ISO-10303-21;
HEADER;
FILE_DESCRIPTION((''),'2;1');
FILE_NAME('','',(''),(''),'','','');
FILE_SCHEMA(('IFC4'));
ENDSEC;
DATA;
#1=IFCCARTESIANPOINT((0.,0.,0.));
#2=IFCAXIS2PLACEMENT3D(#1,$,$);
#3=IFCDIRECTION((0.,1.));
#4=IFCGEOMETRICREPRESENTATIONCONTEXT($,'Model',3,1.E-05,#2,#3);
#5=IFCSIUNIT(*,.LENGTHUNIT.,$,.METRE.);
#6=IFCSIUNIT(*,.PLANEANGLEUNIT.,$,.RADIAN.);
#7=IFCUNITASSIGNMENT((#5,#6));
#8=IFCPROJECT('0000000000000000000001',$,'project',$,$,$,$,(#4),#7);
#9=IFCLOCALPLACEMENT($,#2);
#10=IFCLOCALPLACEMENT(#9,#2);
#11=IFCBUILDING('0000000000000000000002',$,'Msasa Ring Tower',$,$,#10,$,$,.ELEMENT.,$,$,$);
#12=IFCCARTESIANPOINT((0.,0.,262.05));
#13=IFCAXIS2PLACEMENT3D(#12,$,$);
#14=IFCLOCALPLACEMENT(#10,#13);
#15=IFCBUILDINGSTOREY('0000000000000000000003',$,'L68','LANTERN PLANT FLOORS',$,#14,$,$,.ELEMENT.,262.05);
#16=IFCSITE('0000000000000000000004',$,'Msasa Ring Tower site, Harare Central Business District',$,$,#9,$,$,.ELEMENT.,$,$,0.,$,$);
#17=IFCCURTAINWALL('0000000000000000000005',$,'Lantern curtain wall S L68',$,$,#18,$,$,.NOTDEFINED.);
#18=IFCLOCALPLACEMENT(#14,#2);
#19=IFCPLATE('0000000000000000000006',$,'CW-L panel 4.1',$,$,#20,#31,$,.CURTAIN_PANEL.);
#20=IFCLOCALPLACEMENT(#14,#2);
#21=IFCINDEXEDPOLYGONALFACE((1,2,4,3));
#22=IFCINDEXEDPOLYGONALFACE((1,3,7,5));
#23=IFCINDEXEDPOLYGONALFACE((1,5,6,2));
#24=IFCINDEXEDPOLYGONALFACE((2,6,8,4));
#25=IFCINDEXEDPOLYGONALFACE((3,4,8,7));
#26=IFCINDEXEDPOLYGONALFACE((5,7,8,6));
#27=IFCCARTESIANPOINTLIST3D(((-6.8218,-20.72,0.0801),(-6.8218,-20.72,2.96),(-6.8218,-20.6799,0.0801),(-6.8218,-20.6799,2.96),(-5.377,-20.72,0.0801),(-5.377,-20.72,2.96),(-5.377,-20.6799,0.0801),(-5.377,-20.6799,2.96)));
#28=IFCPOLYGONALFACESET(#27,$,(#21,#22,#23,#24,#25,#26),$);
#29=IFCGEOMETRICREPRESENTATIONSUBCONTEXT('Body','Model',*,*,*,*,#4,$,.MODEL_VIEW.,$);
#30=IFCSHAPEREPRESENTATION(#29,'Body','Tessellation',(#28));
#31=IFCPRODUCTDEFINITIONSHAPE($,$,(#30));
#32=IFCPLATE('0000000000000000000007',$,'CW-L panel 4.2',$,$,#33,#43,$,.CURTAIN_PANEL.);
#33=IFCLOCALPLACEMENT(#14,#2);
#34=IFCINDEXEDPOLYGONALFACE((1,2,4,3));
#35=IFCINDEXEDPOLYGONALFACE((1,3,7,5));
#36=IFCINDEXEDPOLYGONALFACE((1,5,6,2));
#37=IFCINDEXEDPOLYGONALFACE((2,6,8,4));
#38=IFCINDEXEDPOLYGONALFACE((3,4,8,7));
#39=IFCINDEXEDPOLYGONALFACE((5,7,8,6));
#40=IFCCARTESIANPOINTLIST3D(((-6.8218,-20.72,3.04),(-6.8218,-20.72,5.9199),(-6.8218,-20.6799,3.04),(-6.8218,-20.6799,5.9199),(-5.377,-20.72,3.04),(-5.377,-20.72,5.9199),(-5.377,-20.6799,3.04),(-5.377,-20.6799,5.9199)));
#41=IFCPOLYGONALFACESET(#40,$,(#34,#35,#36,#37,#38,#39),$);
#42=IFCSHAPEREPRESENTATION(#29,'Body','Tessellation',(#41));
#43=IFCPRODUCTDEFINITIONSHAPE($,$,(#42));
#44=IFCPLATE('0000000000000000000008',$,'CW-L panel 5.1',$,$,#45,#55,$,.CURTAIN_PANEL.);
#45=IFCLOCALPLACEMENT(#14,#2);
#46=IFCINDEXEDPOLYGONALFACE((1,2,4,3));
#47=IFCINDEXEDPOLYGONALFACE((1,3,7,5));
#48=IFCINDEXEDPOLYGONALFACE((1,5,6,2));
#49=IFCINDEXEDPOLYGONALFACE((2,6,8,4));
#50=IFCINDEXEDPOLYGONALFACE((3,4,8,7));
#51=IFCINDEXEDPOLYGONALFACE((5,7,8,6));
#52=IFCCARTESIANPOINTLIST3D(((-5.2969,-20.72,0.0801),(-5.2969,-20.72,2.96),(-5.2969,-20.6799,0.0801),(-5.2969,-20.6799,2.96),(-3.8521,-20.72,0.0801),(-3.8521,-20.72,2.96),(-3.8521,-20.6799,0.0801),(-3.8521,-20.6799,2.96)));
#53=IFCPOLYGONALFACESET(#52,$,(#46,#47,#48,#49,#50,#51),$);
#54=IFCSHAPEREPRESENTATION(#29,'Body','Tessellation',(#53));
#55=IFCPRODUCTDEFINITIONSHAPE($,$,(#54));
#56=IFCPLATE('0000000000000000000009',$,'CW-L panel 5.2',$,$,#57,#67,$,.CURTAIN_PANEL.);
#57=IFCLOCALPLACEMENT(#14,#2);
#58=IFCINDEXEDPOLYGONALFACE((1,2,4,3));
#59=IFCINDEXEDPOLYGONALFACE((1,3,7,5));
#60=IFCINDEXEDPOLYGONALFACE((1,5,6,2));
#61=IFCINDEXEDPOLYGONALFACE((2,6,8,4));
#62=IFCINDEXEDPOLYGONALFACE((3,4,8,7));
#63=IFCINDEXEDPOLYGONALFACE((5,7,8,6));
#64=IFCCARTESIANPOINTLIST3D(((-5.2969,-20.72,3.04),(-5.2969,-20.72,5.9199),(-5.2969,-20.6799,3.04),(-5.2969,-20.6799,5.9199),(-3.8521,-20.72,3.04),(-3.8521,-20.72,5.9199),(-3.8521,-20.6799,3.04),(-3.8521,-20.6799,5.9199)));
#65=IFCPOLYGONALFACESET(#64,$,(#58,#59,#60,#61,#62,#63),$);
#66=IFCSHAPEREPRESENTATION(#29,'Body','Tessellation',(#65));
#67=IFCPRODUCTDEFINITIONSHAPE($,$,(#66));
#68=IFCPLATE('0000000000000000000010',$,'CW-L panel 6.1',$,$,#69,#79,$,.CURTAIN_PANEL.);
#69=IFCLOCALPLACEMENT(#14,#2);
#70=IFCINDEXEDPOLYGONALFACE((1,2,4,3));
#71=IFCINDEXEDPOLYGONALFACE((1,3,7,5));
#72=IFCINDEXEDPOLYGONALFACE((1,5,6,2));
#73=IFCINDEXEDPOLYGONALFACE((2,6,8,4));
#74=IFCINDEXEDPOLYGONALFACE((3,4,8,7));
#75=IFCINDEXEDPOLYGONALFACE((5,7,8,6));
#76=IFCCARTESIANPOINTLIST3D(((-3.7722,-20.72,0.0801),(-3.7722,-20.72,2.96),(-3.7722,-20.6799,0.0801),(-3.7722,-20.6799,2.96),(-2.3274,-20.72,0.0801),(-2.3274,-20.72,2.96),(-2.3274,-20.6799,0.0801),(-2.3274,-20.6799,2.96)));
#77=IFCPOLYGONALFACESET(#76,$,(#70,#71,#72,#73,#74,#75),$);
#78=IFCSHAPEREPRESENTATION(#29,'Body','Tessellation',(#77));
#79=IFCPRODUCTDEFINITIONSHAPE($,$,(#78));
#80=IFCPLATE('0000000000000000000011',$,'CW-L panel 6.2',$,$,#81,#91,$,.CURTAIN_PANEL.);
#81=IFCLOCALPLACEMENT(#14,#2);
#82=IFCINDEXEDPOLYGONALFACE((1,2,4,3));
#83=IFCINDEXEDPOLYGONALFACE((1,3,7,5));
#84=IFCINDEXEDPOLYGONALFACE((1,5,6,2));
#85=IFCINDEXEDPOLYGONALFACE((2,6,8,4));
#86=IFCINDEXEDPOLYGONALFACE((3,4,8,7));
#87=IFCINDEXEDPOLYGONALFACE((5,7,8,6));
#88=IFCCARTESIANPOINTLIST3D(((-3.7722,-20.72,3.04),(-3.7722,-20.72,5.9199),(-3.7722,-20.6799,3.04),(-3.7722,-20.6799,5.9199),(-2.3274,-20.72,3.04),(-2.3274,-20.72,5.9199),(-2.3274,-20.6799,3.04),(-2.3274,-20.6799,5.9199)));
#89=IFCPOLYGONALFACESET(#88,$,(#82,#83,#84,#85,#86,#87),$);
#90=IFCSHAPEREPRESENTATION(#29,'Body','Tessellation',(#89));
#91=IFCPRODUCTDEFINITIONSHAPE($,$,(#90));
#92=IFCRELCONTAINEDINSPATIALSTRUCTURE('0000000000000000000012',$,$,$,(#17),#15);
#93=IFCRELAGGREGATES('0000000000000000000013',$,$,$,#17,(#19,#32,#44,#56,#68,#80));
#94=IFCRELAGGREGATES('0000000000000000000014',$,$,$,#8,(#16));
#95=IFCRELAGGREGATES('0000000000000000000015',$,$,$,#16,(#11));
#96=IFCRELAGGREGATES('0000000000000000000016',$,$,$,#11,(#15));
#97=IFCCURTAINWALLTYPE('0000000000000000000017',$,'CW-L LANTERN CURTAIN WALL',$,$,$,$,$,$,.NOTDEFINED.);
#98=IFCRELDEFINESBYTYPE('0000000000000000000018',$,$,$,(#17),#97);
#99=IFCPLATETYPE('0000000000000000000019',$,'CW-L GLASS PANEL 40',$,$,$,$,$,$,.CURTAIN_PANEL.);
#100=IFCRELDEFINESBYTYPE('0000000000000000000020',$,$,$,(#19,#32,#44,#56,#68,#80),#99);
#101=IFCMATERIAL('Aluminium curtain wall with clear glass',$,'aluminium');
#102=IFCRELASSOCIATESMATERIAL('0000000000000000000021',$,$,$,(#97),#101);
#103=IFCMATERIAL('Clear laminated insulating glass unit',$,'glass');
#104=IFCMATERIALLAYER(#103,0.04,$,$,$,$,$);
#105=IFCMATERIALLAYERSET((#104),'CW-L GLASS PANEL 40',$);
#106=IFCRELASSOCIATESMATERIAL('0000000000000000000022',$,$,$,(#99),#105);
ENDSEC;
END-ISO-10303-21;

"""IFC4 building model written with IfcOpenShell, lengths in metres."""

from ifc_helpers import new_model, si_unit, direction, frame, origin, origin_2d, place, context, subcontext, project, spatial, rectangle, extrude, material, layer, layer_set, type_object, element, aggregate, save


model = new_model("IFC4")

# Units and contexts
model_context = context("Model", 3, precision=1e-05, world=origin(), true_north=direction((0.0, 1.0)))
body_context = subcontext(model_context, "Body", "Model", "MODEL_VIEW")
ifc_project = project(units=[si_unit("LENGTHUNIT", "METRE"), si_unit("PLANEANGLEUNIT", "RADIAN")], contexts=[model_context])

# Site, building, storey
site_placement = place(None, origin())
site = spatial("IfcSite", under=ifc_project, at=site_placement, Name="Msasa Ring Tower site, Harare Central Business District", CompositionType="ELEMENT", RefElevation=0.0)
building_placement = place(site_placement, origin())
building = spatial("IfcBuilding", under=site, at=building_placement, Name="Msasa Ring Tower", CompositionType="ELEMENT")
storey_placement = place(building_placement, frame((0.0, 0.0, 262.05)))
storey = spatial("IfcBuildingStorey", under=building, at=storey_placement, Name="L68", Description="LANTERN PLANT FLOORS", CompositionType="ELEMENT", Elevation=262.05)

# Curtain wall, plates
ifc_material_1 = material(Name="Aluminium curtain wall with clear glass", Category="aluminium")
curtain_wall_type = type_object("IfcCurtainWallType", Name="CW-L LANTERN CURTAIN WALL", PredefinedType="NOTDEFINED", material=ifc_material_1)
curtain_wall_placement = place(storey_placement, origin())
curtain_wall = element("IfcCurtainWall", 1, at=curtain_wall_placement, inside=storey, type_object=curtain_wall_type, Name="Lantern curtain wall S L68", PredefinedType="NOTDEFINED")
ifc_material_2 = material(Name="Clear laminated insulating glass unit", Category="glass")
ifc_layer = layer(ifc_material_2, 0.04)
ifc_layer_set = layer_set([ifc_layer], Name="CW-L GLASS PANEL 40")
plate_type = type_object("IfcPlateType", Name="CW-L GLASS PANEL 40", PredefinedType="CURTAIN_PANEL", material=ifc_layer_set)
plate_1_placement = place(storey_placement, frame((-6.0994, -20.7, 0.0801), z_axis=(0.0, 0.0, 1.0), x_axis=(1.0, 0.0, 0.0)))
plate_1 = element("IfcPlate", 2, at=plate_1_placement, type_object=plate_type, Name="CW-L panel 4.1", PredefinedType="CURTAIN_PANEL", context=body_context, shape_type="SweptSolid", body=[
    extrude(rectangle(XDim=1.4448, YDim=0.04, at=origin_2d()), origin(), (0.0, 0.0, 1.0), 2.8799),
])
plate_2_placement = place(storey_placement, frame((-6.0994, -20.7, 3.04), z_axis=(0.0, 0.0, 1.0), x_axis=(1.0, 0.0, 0.0)))
plate_2 = element("IfcPlate", 3, at=plate_2_placement, type_object=plate_type, Name="CW-L panel 4.2", PredefinedType="CURTAIN_PANEL", context=body_context, shape_type="SweptSolid", body=[
    extrude(rectangle(XDim=1.4448, YDim=0.04, at=origin_2d()), origin(), (0.0, 0.0, 1.0), 2.8799),
])
plate_3_placement = place(storey_placement, frame((-4.5745, -20.7, 0.0801), z_axis=(0.0, 0.0, 1.0), x_axis=(1.0, 0.0, 0.0)))
plate_3 = element("IfcPlate", 4, at=plate_3_placement, type_object=plate_type, Name="CW-L panel 5.1", PredefinedType="CURTAIN_PANEL", context=body_context, shape_type="SweptSolid", body=[
    extrude(rectangle(XDim=1.4448, YDim=0.04, at=origin_2d()), origin(), (0.0, 0.0, 1.0), 2.8799),
])
plate_4_placement = place(storey_placement, frame((-4.5745, -20.7, 3.04), z_axis=(0.0, 0.0, 1.0), x_axis=(1.0, 0.0, 0.0)))
plate_4 = element("IfcPlate", 5, at=plate_4_placement, type_object=plate_type, Name="CW-L panel 5.2", PredefinedType="CURTAIN_PANEL", context=body_context, shape_type="SweptSolid", body=[
    extrude(rectangle(XDim=1.4448, YDim=0.04, at=origin_2d()), origin(), (0.0, 0.0, 1.0), 2.8799),
])
plate_5_placement = place(storey_placement, frame((-3.0498, -20.7, 0.0801), z_axis=(0.0, 0.0, 1.0), x_axis=(1.0, 0.0, 0.0)))
plate_5 = element("IfcPlate", 6, at=plate_5_placement, type_object=plate_type, Name="CW-L panel 6.1", PredefinedType="CURTAIN_PANEL", context=body_context, shape_type="SweptSolid", body=[
    extrude(rectangle(XDim=1.4448, YDim=0.04, at=origin_2d()), origin(), (0.0, 0.0, 1.0), 2.8799),
])
plate_6_placement = place(storey_placement, frame((-3.0498, -20.7, 3.04), z_axis=(0.0, 0.0, 1.0), x_axis=(1.0, 0.0, 0.0)))
plate_6 = element("IfcPlate", 7, at=plate_6_placement, type_object=plate_type, Name="CW-L panel 6.2", PredefinedType="CURTAIN_PANEL", context=body_context, shape_type="SweptSolid", body=[
    extrude(rectangle(XDim=1.4448, YDim=0.04, at=origin_2d()), origin(), (0.0, 0.0, 1.0), 2.8799),
])
aggregate(curtain_wall, [plate_1, plate_2, plate_3, plate_4, plate_5, plate_6])

save(model, "model.ifc")
